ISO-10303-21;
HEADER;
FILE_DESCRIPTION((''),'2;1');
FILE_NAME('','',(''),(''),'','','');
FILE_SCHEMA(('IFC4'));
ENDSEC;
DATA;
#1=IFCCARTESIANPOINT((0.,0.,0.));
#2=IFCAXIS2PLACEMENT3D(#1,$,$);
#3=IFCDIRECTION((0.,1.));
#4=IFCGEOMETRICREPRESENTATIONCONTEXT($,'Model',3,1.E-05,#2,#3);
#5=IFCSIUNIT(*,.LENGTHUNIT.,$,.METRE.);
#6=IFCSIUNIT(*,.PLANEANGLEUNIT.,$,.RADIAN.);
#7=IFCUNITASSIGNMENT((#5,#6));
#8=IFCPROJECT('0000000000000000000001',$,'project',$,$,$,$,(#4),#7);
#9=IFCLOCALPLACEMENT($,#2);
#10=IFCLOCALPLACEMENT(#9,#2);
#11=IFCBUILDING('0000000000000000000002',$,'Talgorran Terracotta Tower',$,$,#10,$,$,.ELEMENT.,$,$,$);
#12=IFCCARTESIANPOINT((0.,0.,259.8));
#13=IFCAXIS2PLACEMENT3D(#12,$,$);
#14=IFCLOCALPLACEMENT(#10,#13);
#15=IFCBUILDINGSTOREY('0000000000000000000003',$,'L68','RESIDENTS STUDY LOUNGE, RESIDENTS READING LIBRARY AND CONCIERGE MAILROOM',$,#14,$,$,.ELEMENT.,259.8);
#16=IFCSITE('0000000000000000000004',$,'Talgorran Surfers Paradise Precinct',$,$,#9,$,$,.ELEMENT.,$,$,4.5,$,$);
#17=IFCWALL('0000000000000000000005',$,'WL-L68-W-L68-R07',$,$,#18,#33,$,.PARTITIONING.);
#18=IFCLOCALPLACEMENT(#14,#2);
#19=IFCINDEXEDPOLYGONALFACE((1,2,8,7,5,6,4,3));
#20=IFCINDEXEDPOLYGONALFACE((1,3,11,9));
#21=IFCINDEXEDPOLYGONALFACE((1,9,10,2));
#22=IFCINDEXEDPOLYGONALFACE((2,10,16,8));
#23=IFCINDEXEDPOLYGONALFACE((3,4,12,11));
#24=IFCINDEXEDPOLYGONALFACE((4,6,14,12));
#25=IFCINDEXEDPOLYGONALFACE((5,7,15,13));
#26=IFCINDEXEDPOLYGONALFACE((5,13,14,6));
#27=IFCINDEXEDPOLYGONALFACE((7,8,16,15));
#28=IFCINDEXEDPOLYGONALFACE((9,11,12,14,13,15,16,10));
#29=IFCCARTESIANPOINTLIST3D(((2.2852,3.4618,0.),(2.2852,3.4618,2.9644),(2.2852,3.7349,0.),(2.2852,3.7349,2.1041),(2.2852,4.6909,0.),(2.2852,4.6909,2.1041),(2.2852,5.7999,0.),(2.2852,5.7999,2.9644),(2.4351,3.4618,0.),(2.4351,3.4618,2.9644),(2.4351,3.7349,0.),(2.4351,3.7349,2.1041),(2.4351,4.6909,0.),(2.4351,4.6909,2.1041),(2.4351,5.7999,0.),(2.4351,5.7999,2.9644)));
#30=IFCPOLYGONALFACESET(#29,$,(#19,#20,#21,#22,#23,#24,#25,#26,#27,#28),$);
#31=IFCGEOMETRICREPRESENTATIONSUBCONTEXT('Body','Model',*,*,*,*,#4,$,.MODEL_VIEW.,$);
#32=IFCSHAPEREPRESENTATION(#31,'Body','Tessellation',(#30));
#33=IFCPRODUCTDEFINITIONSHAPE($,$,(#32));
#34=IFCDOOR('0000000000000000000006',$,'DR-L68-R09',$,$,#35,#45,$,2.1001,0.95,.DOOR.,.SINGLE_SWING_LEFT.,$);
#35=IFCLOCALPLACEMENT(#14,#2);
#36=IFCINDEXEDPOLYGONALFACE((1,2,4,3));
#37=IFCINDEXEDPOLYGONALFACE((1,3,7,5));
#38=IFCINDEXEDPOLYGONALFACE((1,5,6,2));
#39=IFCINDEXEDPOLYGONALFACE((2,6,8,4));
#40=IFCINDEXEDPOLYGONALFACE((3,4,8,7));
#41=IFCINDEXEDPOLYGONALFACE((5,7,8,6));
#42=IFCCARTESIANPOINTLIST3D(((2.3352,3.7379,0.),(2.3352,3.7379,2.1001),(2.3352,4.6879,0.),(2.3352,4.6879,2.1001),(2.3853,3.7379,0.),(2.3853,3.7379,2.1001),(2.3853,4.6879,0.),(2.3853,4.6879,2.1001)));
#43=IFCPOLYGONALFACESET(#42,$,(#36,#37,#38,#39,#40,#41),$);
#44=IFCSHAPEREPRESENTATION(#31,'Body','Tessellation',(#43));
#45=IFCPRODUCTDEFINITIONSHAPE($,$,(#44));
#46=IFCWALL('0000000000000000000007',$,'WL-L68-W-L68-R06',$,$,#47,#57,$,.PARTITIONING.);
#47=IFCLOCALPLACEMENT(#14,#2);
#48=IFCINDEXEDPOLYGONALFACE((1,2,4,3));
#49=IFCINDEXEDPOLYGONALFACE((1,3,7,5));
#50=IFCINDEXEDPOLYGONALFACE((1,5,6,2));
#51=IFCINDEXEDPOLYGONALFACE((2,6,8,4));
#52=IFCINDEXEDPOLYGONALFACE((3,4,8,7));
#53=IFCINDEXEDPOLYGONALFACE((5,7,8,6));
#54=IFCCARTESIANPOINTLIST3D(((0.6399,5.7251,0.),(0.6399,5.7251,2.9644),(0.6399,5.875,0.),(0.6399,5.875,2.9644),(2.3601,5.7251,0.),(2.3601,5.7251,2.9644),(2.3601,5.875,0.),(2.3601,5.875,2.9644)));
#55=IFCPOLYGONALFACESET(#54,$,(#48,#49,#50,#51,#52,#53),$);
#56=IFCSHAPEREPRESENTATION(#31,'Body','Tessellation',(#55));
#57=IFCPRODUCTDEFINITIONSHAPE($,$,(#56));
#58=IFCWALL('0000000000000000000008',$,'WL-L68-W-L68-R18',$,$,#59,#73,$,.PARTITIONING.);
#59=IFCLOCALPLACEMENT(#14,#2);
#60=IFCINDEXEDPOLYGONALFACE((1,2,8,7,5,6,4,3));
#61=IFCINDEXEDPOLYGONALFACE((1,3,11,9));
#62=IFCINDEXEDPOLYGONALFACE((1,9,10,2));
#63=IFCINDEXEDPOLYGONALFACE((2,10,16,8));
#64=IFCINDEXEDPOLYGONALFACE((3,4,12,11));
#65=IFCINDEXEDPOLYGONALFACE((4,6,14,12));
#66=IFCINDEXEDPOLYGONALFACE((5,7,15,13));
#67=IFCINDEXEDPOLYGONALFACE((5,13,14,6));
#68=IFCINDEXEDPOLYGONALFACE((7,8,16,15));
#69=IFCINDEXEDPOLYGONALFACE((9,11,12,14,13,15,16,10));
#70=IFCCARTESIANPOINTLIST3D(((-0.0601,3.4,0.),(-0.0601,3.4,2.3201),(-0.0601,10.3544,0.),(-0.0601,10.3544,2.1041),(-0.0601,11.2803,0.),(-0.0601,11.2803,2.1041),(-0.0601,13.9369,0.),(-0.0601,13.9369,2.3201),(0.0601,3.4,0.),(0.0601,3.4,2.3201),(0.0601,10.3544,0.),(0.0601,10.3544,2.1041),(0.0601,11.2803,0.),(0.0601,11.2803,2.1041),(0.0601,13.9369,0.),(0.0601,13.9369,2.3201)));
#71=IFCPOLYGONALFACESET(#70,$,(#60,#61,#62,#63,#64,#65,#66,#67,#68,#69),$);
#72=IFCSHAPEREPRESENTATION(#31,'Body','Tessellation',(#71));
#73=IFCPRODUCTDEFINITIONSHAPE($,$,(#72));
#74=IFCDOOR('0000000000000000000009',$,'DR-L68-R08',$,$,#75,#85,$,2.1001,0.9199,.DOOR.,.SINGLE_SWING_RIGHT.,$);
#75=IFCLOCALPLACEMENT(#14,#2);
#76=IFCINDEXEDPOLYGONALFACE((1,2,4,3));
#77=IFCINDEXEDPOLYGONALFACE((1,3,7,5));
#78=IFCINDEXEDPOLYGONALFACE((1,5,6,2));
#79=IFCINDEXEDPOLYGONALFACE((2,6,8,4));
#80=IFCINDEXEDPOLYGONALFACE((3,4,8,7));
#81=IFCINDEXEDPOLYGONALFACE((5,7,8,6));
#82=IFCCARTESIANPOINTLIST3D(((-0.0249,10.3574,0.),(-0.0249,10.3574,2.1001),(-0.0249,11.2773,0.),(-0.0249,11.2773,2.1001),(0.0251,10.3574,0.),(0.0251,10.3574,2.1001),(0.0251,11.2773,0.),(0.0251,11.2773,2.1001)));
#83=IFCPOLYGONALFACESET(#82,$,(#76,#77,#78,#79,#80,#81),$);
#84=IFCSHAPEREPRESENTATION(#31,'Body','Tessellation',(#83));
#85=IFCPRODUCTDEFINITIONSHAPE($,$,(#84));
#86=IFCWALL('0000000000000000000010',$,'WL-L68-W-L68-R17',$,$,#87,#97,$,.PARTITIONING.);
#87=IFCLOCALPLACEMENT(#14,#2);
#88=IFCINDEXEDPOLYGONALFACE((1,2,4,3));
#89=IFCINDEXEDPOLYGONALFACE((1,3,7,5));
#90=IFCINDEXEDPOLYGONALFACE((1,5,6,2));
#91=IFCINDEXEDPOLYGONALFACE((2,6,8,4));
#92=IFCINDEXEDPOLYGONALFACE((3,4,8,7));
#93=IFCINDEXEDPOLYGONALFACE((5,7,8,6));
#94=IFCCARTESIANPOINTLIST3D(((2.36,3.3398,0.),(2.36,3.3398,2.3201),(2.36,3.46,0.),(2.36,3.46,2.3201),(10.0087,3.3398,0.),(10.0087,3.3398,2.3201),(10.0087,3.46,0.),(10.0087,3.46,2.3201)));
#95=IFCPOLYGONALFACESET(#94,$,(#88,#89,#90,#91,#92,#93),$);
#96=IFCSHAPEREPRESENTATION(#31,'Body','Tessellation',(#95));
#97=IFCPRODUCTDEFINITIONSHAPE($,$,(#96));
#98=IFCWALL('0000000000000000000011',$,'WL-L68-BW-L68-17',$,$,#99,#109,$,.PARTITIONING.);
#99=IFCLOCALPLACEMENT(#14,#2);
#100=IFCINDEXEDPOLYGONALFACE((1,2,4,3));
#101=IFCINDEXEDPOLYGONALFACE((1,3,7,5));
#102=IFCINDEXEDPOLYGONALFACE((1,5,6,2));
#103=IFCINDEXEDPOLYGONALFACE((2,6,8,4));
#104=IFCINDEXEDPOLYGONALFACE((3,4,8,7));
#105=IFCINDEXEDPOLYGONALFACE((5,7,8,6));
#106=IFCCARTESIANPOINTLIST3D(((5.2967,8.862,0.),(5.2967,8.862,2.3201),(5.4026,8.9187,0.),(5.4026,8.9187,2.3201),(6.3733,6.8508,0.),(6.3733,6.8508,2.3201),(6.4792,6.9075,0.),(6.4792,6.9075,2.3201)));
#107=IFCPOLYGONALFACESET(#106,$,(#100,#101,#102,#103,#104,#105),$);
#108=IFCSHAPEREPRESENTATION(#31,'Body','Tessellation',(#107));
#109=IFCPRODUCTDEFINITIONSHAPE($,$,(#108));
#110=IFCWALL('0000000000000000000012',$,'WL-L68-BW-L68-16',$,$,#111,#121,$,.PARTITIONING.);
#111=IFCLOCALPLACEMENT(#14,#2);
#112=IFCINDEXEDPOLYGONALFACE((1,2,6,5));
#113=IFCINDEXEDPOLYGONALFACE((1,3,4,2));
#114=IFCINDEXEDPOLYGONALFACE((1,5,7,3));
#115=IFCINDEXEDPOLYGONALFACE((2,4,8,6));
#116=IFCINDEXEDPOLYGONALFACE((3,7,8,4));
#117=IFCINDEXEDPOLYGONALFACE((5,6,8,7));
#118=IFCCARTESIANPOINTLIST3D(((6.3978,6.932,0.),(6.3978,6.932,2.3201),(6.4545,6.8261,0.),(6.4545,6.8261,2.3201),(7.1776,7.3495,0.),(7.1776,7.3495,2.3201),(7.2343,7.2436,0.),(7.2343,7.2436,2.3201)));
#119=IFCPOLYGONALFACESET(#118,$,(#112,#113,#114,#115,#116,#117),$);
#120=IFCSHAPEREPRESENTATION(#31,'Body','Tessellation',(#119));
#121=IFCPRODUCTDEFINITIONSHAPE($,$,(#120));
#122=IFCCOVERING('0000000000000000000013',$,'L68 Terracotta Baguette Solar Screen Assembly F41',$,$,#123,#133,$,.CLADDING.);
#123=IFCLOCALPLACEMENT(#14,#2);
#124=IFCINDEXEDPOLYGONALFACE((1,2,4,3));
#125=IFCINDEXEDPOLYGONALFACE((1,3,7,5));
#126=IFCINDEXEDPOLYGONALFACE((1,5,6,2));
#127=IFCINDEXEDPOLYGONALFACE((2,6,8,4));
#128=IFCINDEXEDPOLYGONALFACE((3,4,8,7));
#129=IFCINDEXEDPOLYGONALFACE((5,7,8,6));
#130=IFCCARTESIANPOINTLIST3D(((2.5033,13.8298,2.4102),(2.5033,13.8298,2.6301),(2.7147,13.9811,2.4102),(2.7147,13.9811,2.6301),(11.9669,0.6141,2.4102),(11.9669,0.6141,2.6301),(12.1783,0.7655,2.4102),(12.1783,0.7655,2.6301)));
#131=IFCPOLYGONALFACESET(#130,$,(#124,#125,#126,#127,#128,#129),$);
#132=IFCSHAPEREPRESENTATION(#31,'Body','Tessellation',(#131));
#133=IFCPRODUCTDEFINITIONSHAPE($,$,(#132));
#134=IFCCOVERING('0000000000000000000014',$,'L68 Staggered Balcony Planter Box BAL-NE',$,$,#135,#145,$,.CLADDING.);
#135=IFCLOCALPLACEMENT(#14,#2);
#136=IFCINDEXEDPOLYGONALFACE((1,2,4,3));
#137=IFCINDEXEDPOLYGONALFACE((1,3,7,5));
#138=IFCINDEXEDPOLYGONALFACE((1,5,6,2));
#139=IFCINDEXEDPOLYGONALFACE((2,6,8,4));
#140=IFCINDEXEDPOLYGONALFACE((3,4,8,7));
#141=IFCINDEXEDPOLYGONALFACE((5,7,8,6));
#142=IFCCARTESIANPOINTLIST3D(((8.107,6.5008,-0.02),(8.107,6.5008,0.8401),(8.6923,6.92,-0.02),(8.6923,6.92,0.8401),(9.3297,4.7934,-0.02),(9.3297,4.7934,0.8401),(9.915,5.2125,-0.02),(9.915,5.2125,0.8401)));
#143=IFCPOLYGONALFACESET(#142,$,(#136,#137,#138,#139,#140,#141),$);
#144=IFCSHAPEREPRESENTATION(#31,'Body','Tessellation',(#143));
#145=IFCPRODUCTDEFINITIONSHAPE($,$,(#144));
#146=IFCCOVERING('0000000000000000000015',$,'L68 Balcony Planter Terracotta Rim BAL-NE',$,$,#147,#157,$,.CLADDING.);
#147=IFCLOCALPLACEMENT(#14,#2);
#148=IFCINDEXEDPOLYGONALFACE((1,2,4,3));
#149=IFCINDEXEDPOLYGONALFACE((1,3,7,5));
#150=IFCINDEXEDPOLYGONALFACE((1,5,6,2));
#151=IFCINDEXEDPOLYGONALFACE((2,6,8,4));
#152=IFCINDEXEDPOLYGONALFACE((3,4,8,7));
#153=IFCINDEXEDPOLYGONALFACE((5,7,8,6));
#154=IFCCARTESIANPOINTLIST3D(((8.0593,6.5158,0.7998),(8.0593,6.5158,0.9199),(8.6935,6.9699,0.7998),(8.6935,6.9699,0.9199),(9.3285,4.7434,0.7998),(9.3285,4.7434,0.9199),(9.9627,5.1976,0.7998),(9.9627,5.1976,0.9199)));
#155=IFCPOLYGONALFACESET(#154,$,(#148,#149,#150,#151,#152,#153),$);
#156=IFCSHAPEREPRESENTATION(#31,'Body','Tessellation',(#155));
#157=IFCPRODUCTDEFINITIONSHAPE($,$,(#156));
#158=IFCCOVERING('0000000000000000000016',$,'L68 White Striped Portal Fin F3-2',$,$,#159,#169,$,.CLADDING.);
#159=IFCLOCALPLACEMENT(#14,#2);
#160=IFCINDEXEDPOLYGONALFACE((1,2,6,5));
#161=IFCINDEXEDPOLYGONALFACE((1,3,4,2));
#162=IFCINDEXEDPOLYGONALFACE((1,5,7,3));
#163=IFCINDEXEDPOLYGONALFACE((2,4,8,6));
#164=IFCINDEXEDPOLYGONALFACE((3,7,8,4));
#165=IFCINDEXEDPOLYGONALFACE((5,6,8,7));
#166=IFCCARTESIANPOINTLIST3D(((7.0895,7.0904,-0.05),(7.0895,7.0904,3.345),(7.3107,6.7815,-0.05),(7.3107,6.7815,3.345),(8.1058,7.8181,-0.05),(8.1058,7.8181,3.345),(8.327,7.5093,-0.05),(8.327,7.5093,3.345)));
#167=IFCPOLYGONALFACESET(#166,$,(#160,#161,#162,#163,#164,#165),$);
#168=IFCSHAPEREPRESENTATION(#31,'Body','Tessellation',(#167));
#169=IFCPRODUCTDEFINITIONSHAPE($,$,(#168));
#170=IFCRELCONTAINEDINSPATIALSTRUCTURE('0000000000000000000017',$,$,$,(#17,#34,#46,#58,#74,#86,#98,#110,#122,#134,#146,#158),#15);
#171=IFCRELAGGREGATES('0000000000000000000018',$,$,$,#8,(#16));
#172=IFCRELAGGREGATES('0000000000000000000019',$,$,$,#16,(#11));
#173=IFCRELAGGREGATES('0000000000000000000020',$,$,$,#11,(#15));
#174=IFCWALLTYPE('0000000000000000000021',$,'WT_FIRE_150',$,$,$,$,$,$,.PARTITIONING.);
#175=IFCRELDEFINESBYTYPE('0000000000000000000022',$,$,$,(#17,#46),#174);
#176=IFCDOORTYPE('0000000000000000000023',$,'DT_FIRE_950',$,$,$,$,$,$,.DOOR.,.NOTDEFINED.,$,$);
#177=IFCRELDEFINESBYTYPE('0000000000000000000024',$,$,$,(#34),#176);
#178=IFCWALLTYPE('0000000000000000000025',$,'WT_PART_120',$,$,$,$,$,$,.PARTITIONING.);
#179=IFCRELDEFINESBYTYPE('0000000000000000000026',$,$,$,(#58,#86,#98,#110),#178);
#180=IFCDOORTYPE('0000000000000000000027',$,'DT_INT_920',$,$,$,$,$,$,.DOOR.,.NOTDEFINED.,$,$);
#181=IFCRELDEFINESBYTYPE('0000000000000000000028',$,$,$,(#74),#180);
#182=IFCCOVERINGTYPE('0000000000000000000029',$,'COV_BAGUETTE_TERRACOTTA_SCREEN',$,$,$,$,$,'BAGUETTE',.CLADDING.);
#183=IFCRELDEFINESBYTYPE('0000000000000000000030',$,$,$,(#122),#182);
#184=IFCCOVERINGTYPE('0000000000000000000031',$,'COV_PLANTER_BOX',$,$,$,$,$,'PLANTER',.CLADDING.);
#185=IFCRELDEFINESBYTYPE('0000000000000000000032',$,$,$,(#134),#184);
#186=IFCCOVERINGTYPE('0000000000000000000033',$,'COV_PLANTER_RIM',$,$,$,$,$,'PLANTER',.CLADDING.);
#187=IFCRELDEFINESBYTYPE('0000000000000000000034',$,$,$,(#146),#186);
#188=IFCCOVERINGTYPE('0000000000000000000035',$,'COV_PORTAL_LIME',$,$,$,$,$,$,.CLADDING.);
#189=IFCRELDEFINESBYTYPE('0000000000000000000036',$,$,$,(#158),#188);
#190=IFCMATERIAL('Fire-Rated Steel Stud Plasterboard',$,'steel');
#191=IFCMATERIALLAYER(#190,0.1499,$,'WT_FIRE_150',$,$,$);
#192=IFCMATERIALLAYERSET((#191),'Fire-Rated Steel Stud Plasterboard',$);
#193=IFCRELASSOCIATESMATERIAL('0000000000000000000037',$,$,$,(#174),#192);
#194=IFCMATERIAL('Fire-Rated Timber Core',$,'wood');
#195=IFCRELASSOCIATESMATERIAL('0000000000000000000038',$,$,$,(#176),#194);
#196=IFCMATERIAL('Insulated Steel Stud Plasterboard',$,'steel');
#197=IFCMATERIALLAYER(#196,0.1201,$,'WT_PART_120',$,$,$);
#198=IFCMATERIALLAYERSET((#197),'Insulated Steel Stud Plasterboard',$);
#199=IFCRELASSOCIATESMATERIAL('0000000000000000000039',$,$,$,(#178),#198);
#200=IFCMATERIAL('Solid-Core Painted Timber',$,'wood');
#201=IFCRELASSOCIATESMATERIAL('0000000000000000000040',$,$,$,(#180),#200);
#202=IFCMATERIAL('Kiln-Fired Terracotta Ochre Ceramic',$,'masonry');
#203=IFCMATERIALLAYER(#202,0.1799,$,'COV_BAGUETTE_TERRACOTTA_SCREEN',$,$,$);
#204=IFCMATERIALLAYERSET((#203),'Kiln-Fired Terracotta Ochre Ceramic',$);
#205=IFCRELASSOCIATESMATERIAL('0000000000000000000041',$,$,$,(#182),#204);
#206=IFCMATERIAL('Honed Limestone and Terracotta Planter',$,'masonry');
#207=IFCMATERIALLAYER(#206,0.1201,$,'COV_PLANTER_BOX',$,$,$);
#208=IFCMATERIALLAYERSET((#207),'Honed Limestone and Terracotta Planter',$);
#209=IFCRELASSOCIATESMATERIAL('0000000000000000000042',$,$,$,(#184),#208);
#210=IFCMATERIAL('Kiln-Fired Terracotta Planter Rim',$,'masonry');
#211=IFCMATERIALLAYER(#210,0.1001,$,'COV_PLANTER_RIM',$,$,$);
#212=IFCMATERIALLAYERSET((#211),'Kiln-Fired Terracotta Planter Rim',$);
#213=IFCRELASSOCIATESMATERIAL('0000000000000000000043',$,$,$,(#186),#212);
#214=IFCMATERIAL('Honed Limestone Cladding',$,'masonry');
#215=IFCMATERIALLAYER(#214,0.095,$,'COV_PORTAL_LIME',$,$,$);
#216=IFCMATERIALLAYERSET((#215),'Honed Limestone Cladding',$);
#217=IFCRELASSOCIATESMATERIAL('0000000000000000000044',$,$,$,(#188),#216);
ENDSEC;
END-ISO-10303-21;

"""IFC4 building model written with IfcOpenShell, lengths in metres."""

from ifc_helpers import new_model, si_unit, direction, frame, frame_2d, origin, origin_2d, place, context, subcontext, project, spatial, rectangle, extrude, material, layer, layer_set, type_object, element, fill, save


model = new_model("IFC4")

# Units and contexts
model_context = context("Model", 3, precision=1e-05, world=origin(), true_north=direction((0.0, 1.0)))
body_context = subcontext(model_context, "Body", "Model", "MODEL_VIEW")
ifc_project = project(units=[si_unit("LENGTHUNIT", "METRE"), si_unit("PLANEANGLEUNIT", "RADIAN")], contexts=[model_context])

# Site, building, storey
site_placement = place(None, origin())
site = spatial("IfcSite", under=ifc_project, at=site_placement, Name="Talgorran Surfers Paradise Precinct", CompositionType="ELEMENT", RefElevation=4.5)
building_placement = place(site_placement, origin())
building = spatial("IfcBuilding", under=site, at=building_placement, Name="Talgorran Terracotta Tower", CompositionType="ELEMENT")
storey_placement = place(building_placement, frame((0.0, 0.0, 259.8)))
storey = spatial("IfcBuildingStorey", under=building, at=storey_placement, Name="L68", Description="RESIDENTS STUDY LOUNGE, RESIDENTS READING LIBRARY AND CONCIERGE MAILROOM", CompositionType="ELEMENT", Elevation=259.8)

# Wall, opening, door
ifc_material_1 = material(Name="Fire-Rated Steel Stud Plasterboard", Category="steel")
ifc_layer_1 = layer(ifc_material_1, 0.1499, Name="WT_FIRE_150")
ifc_layer_set_1 = layer_set([ifc_layer_1], Name="Fire-Rated Steel Stud Plasterboard")
wall_type_1 = type_object("IfcWallType", Name="WT_FIRE_150", PredefinedType="PARTITIONING", material=ifc_layer_set_1)
wall_1_placement = place(storey_placement, frame((2.3601, 3.4619, 0.0), z_axis=(0.0, 0.0, 1.0), x_axis=(0.0, 1.0, 0.0)))
wall_1 = element("IfcWall", 1, at=wall_1_placement, inside=storey, type_object=wall_type_1, Name="WL-L68-W-L68-R07", PredefinedType="PARTITIONING", context=body_context, shape_type="SweptSolid", body=[
    extrude(rectangle(XDim=2.3381, YDim=0.1499, at=frame_2d((1.1689, 0.0))), origin(), (0.0, 0.0, 1.0), 2.9644),
])
opening_1_placement = place(wall_1_placement, frame((0.2759, 0.0, 0.0)))
opening_1 = element("IfcOpeningElement", 2, at=opening_1_placement, cuts=wall_1, PredefinedType="OPENING", context=body_context, shape_type="SweptSolid", body=[
    extrude(rectangle(XDim=0.956, YDim=2.1041, at=frame_2d((0.4751, 1.052))), frame((0.0, 0.085, 0.0), z_axis=(0.0, -1.0, 0.0), x_axis=(1.0, 0.0, 0.0)), (0.0, 0.0, 1.0), 0.1699),
])
ifc_material_2 = material(Name="Fire-Rated Timber Core", Category="wood")
door_type_1 = type_object("IfcDoorType", Name="DT_FIRE_950", OperationType="NOTDEFINED", PredefinedType="DOOR", material=ifc_material_2)
door_1_placement = place(opening_1_placement, origin())
door_1 = element("IfcDoor", 3, at=door_1_placement, inside=storey, type_object=door_type_1, Name="DR-L68-R09", OperationType="SINGLE_SWING_LEFT", OverallHeight=2.1001, OverallWidth=0.95, PredefinedType="DOOR", context=body_context, shape_type="SweptSolid", body=[
    extrude(rectangle(XDim=0.95, YDim=2.1001, at=frame_2d((0.4751, 1.05))), frame((0.0, 0.0249, 0.0), z_axis=(0.0, -1.0, 0.0), x_axis=(1.0, 0.0, 0.0)), (0.0, 0.0, 1.0), 0.05),
])
fill(opening_1, door_1)

# Wall
wall_2_placement = place(storey_placement, frame((0.6399, 5.8, 0.0), z_axis=(0.0, 0.0, 1.0), x_axis=(1.0, 0.0, 0.0)))
element("IfcWall", 4, at=wall_2_placement, inside=storey, type_object=wall_type_1, Name="WL-L68-W-L68-R06", PredefinedType="PARTITIONING", context=body_context, shape_type="SweptSolid", body=[
    extrude(rectangle(XDim=1.7202, YDim=0.1499, at=frame_2d((0.8601, 0.0))), origin(), (0.0, 0.0, 1.0), 2.9644),
])

# Wall, opening, door
ifc_material_3 = material(Name="Insulated Steel Stud Plasterboard", Category="steel")
ifc_layer_2 = layer(ifc_material_3, 0.1201, Name="WT_PART_120")
ifc_layer_set_2 = layer_set([ifc_layer_2], Name="Insulated Steel Stud Plasterboard")
wall_type_2 = type_object("IfcWallType", Name="WT_PART_120", PredefinedType="PARTITIONING", material=ifc_layer_set_2)
wall_3_placement = place(storey_placement, frame((0.0, 3.3999, 0.0), z_axis=(0.0, 0.0, 1.0), x_axis=(0.0, 1.0, 0.0)))
wall_3 = element("IfcWall", 5, at=wall_3_placement, inside=storey, type_object=wall_type_2, Name="WL-L68-W-L68-R18", PredefinedType="PARTITIONING", context=body_context, shape_type="SweptSolid", body=[
    extrude(rectangle(XDim=10.5369, YDim=0.1201, at=frame_2d((5.2686, 0.0))), origin(), (0.0, 0.0, 1.0), 2.3201),
])
opening_2_placement = place(wall_3_placement, frame((6.9575, 0.0, 0.0)))
opening_2 = element("IfcOpeningElement", 6, at=opening_2_placement, cuts=wall_3, PredefinedType="OPENING", context=body_context, shape_type="SweptSolid", body=[
    extrude(rectangle(XDim=0.9259, YDim=2.1041, at=frame_2d((0.46, 1.052))), frame((0.0, 0.0701, 0.0), z_axis=(0.0, -1.0, 0.0), x_axis=(1.0, 0.0, 0.0)), (0.0, 0.0, 1.0), 0.1401),
])
ifc_material_4 = material(Name="Solid-Core Painted Timber", Category="wood")
door_type_2 = type_object("IfcDoorType", Name="DT_INT_920", OperationType="NOTDEFINED", PredefinedType="DOOR", material=ifc_material_4)
door_2_placement = place(opening_2_placement, origin())
door_2 = element("IfcDoor", 7, at=door_2_placement, inside=storey, type_object=door_type_2, Name="DR-L68-R08", OperationType="SINGLE_SWING_RIGHT", OverallHeight=2.1001, OverallWidth=0.9199, PredefinedType="DOOR", context=body_context, shape_type="SweptSolid", body=[
    extrude(rectangle(XDim=0.9199, YDim=2.1001, at=frame_2d((0.46, 1.05))), frame((0.0, 0.0249, 0.0), z_axis=(0.0, -1.0, 0.0), x_axis=(1.0, 0.0, 0.0)), (0.0, 0.0, 1.0), 0.05),
])
fill(opening_2, door_2)

# Walls
wall_4_placement = place(storey_placement, frame((2.3601, 3.3999, 0.0), z_axis=(0.0, 0.0, 1.0), x_axis=(1.0, 0.0, 0.0)))
element("IfcWall", 8, at=wall_4_placement, inside=storey, type_object=wall_type_2, Name="WL-L68-W-L68-R17", PredefinedType="PARTITIONING", context=body_context, shape_type="SweptSolid", body=[
    extrude(rectangle(XDim=7.6487, YDim=0.1201, at=frame_2d((3.8242, 0.0))), origin(), (0.0, 0.0, 1.0), 2.3201),
])
wall_5_placement = place(storey_placement, frame((6.4263, 6.8792, 0.0), z_axis=(0.0, 0.0, 1.0), x_axis=(-0.471954, 0.881623, 0.0)))
element("IfcWall", 9, at=wall_5_placement, inside=storey, type_object=wall_type_2, Name="WL-L68-BW-L68-17", PredefinedType="PARTITIONING", context=body_context, shape_type="SweptSolid", body=[
    extrude(rectangle(XDim=2.2812, YDim=0.1201, at=frame_2d((1.1406, 0.0))), origin(), (0.0, 0.0, 1.0), 2.3201),
])
wall_6_placement = place(storey_placement, frame((7.2061, 7.2966, 0.0), z_axis=(0.0, 0.0, 1.0), x_axis=(-0.881603, -0.471992, 0.0)))
element("IfcWall", 10, at=wall_6_placement, inside=storey, type_object=wall_type_2, Name="WL-L68-BW-L68-16", PredefinedType="PARTITIONING", context=body_context, shape_type="SweptSolid", body=[
    extrude(rectangle(XDim=0.8845, YDim=0.1201, at=frame_2d((0.4424, 0.0))), origin(), (0.0, 0.0, 1.0), 2.3201),
])

# Coverings
ifc_material_5 = material(Name="Kiln-Fired Terracotta Ochre Ceramic", Category="masonry")
ifc_layer_3 = layer(ifc_material_5, 0.1799, Name="COV_BAGUETTE_TERRACOTTA_SCREEN")
ifc_layer_set_3 = layer_set([ifc_layer_3], Name="Kiln-Fired Terracotta Ochre Ceramic")
covering_type_1 = type_object("IfcCoveringType", Name="COV_BAGUETTE_TERRACOTTA_SCREEN", ElementType="BAGUETTE", PredefinedType="CLADDING", material=ifc_layer_set_3)
covering_1_placement = place(storey_placement, frame((7.3408, 7.2976, 2.4102), z_axis=(0.0, 0.0, 1.0), x_axis=(-0.582208, 0.81304, 0.0)))
element("IfcCovering", 11, at=covering_1_placement, inside=storey, type_object=covering_type_1, Name="L68 Terracotta Baguette Solar Screen Assembly F41", PredefinedType="CLADDING", context=body_context, shape_type="SweptSolid", body=[
    extrude(rectangle(XDim=16.2546, YDim=0.26, at=origin_2d()), origin(), (0.0, 0.0, 1.0), 0.22),
])
ifc_material_6 = material(Name="Honed Limestone and Terracotta Planter", Category="masonry")
ifc_layer_4 = layer(ifc_material_6, 0.1201, Name="COV_PLANTER_BOX")
ifc_layer_set_4 = layer_set([ifc_layer_4], Name="Honed Limestone and Terracotta Planter")
covering_type_2 = type_object("IfcCoveringType", Name="COV_PLANTER_BOX", ElementType="PLANTER", PredefinedType="CLADDING", material=ifc_layer_set_4)
covering_2_placement = place(storey_placement, frame((9.011, 5.8567, -0.02), z_axis=(0.0, 0.0, 1.0), x_axis=(-0.582208, 0.81304, 0.0)))
element("IfcCovering", 12, at=covering_2_placement, inside=storey, type_object=covering_type_2, Name="L68 Staggered Balcony Planter Box BAL-NE", PredefinedType="CLADDING", context=body_context, shape_type="SweptSolid", body=[
    extrude(rectangle(XDim=2.1001, YDim=0.72, at=origin_2d()), origin(), (0.0, 0.0, 1.0), 0.8601),
])
ifc_material_7 = material(Name="Kiln-Fired Terracotta Planter Rim", Category="masonry")
ifc_layer_5 = layer(ifc_material_7, 0.1001, Name="COV_PLANTER_RIM")
ifc_layer_set_5 = layer_set([ifc_layer_5], Name="Kiln-Fired Terracotta Planter Rim")
covering_type_3 = type_object("IfcCoveringType", Name="COV_PLANTER_RIM", ElementType="PLANTER", PredefinedType="CLADDING", material=ifc_layer_set_5)
covering_3_placement = place(storey_placement, frame((9.011, 5.8567, 0.7998), z_axis=(0.0, 0.0, 1.0), x_axis=(-0.582208, 0.81304, 0.0)))
element("IfcCovering", 13, at=covering_3_placement, inside=storey, type_object=covering_type_3, Name="L68 Balcony Planter Terracotta Rim BAL-NE", PredefinedType="CLADDING", context=body_context, shape_type="SweptSolid", body=[
    extrude(rectangle(XDim=2.1799, YDim=0.78, at=origin_2d()), origin(), (0.0, 0.0, 1.0), 0.1201),
])
ifc_material_8 = material(Name="Honed Limestone Cladding", Category="masonry")
ifc_layer_6 = layer(ifc_material_8, 0.095, Name="COV_PORTAL_LIME")
ifc_layer_set_6 = layer_set([ifc_layer_6], Name="Honed Limestone Cladding")
covering_type_4 = type_object("IfcCoveringType", Name="COV_PORTAL_LIME", PredefinedType="CLADDING", material=ifc_layer_set_6)
covering_4_placement = place(storey_placement, frame((7.7083, 7.2998, -0.05), z_axis=(0.0, 0.0, 1.0), x_axis=(-0.582208, 0.81304, 0.0)))
element("IfcCovering", 14, at=covering_4_placement, inside=storey, type_object=covering_type_4, Name="L68 White Striped Portal Fin F3-2", PredefinedType="CLADDING", context=body_context, shape_type="SweptSolid", body=[
    extrude(rectangle(XDim=0.3799, YDim=1.25, at=origin_2d()), origin(), (0.0, 0.0, 1.0), 3.395),
])

save(model, "model.ifc")
